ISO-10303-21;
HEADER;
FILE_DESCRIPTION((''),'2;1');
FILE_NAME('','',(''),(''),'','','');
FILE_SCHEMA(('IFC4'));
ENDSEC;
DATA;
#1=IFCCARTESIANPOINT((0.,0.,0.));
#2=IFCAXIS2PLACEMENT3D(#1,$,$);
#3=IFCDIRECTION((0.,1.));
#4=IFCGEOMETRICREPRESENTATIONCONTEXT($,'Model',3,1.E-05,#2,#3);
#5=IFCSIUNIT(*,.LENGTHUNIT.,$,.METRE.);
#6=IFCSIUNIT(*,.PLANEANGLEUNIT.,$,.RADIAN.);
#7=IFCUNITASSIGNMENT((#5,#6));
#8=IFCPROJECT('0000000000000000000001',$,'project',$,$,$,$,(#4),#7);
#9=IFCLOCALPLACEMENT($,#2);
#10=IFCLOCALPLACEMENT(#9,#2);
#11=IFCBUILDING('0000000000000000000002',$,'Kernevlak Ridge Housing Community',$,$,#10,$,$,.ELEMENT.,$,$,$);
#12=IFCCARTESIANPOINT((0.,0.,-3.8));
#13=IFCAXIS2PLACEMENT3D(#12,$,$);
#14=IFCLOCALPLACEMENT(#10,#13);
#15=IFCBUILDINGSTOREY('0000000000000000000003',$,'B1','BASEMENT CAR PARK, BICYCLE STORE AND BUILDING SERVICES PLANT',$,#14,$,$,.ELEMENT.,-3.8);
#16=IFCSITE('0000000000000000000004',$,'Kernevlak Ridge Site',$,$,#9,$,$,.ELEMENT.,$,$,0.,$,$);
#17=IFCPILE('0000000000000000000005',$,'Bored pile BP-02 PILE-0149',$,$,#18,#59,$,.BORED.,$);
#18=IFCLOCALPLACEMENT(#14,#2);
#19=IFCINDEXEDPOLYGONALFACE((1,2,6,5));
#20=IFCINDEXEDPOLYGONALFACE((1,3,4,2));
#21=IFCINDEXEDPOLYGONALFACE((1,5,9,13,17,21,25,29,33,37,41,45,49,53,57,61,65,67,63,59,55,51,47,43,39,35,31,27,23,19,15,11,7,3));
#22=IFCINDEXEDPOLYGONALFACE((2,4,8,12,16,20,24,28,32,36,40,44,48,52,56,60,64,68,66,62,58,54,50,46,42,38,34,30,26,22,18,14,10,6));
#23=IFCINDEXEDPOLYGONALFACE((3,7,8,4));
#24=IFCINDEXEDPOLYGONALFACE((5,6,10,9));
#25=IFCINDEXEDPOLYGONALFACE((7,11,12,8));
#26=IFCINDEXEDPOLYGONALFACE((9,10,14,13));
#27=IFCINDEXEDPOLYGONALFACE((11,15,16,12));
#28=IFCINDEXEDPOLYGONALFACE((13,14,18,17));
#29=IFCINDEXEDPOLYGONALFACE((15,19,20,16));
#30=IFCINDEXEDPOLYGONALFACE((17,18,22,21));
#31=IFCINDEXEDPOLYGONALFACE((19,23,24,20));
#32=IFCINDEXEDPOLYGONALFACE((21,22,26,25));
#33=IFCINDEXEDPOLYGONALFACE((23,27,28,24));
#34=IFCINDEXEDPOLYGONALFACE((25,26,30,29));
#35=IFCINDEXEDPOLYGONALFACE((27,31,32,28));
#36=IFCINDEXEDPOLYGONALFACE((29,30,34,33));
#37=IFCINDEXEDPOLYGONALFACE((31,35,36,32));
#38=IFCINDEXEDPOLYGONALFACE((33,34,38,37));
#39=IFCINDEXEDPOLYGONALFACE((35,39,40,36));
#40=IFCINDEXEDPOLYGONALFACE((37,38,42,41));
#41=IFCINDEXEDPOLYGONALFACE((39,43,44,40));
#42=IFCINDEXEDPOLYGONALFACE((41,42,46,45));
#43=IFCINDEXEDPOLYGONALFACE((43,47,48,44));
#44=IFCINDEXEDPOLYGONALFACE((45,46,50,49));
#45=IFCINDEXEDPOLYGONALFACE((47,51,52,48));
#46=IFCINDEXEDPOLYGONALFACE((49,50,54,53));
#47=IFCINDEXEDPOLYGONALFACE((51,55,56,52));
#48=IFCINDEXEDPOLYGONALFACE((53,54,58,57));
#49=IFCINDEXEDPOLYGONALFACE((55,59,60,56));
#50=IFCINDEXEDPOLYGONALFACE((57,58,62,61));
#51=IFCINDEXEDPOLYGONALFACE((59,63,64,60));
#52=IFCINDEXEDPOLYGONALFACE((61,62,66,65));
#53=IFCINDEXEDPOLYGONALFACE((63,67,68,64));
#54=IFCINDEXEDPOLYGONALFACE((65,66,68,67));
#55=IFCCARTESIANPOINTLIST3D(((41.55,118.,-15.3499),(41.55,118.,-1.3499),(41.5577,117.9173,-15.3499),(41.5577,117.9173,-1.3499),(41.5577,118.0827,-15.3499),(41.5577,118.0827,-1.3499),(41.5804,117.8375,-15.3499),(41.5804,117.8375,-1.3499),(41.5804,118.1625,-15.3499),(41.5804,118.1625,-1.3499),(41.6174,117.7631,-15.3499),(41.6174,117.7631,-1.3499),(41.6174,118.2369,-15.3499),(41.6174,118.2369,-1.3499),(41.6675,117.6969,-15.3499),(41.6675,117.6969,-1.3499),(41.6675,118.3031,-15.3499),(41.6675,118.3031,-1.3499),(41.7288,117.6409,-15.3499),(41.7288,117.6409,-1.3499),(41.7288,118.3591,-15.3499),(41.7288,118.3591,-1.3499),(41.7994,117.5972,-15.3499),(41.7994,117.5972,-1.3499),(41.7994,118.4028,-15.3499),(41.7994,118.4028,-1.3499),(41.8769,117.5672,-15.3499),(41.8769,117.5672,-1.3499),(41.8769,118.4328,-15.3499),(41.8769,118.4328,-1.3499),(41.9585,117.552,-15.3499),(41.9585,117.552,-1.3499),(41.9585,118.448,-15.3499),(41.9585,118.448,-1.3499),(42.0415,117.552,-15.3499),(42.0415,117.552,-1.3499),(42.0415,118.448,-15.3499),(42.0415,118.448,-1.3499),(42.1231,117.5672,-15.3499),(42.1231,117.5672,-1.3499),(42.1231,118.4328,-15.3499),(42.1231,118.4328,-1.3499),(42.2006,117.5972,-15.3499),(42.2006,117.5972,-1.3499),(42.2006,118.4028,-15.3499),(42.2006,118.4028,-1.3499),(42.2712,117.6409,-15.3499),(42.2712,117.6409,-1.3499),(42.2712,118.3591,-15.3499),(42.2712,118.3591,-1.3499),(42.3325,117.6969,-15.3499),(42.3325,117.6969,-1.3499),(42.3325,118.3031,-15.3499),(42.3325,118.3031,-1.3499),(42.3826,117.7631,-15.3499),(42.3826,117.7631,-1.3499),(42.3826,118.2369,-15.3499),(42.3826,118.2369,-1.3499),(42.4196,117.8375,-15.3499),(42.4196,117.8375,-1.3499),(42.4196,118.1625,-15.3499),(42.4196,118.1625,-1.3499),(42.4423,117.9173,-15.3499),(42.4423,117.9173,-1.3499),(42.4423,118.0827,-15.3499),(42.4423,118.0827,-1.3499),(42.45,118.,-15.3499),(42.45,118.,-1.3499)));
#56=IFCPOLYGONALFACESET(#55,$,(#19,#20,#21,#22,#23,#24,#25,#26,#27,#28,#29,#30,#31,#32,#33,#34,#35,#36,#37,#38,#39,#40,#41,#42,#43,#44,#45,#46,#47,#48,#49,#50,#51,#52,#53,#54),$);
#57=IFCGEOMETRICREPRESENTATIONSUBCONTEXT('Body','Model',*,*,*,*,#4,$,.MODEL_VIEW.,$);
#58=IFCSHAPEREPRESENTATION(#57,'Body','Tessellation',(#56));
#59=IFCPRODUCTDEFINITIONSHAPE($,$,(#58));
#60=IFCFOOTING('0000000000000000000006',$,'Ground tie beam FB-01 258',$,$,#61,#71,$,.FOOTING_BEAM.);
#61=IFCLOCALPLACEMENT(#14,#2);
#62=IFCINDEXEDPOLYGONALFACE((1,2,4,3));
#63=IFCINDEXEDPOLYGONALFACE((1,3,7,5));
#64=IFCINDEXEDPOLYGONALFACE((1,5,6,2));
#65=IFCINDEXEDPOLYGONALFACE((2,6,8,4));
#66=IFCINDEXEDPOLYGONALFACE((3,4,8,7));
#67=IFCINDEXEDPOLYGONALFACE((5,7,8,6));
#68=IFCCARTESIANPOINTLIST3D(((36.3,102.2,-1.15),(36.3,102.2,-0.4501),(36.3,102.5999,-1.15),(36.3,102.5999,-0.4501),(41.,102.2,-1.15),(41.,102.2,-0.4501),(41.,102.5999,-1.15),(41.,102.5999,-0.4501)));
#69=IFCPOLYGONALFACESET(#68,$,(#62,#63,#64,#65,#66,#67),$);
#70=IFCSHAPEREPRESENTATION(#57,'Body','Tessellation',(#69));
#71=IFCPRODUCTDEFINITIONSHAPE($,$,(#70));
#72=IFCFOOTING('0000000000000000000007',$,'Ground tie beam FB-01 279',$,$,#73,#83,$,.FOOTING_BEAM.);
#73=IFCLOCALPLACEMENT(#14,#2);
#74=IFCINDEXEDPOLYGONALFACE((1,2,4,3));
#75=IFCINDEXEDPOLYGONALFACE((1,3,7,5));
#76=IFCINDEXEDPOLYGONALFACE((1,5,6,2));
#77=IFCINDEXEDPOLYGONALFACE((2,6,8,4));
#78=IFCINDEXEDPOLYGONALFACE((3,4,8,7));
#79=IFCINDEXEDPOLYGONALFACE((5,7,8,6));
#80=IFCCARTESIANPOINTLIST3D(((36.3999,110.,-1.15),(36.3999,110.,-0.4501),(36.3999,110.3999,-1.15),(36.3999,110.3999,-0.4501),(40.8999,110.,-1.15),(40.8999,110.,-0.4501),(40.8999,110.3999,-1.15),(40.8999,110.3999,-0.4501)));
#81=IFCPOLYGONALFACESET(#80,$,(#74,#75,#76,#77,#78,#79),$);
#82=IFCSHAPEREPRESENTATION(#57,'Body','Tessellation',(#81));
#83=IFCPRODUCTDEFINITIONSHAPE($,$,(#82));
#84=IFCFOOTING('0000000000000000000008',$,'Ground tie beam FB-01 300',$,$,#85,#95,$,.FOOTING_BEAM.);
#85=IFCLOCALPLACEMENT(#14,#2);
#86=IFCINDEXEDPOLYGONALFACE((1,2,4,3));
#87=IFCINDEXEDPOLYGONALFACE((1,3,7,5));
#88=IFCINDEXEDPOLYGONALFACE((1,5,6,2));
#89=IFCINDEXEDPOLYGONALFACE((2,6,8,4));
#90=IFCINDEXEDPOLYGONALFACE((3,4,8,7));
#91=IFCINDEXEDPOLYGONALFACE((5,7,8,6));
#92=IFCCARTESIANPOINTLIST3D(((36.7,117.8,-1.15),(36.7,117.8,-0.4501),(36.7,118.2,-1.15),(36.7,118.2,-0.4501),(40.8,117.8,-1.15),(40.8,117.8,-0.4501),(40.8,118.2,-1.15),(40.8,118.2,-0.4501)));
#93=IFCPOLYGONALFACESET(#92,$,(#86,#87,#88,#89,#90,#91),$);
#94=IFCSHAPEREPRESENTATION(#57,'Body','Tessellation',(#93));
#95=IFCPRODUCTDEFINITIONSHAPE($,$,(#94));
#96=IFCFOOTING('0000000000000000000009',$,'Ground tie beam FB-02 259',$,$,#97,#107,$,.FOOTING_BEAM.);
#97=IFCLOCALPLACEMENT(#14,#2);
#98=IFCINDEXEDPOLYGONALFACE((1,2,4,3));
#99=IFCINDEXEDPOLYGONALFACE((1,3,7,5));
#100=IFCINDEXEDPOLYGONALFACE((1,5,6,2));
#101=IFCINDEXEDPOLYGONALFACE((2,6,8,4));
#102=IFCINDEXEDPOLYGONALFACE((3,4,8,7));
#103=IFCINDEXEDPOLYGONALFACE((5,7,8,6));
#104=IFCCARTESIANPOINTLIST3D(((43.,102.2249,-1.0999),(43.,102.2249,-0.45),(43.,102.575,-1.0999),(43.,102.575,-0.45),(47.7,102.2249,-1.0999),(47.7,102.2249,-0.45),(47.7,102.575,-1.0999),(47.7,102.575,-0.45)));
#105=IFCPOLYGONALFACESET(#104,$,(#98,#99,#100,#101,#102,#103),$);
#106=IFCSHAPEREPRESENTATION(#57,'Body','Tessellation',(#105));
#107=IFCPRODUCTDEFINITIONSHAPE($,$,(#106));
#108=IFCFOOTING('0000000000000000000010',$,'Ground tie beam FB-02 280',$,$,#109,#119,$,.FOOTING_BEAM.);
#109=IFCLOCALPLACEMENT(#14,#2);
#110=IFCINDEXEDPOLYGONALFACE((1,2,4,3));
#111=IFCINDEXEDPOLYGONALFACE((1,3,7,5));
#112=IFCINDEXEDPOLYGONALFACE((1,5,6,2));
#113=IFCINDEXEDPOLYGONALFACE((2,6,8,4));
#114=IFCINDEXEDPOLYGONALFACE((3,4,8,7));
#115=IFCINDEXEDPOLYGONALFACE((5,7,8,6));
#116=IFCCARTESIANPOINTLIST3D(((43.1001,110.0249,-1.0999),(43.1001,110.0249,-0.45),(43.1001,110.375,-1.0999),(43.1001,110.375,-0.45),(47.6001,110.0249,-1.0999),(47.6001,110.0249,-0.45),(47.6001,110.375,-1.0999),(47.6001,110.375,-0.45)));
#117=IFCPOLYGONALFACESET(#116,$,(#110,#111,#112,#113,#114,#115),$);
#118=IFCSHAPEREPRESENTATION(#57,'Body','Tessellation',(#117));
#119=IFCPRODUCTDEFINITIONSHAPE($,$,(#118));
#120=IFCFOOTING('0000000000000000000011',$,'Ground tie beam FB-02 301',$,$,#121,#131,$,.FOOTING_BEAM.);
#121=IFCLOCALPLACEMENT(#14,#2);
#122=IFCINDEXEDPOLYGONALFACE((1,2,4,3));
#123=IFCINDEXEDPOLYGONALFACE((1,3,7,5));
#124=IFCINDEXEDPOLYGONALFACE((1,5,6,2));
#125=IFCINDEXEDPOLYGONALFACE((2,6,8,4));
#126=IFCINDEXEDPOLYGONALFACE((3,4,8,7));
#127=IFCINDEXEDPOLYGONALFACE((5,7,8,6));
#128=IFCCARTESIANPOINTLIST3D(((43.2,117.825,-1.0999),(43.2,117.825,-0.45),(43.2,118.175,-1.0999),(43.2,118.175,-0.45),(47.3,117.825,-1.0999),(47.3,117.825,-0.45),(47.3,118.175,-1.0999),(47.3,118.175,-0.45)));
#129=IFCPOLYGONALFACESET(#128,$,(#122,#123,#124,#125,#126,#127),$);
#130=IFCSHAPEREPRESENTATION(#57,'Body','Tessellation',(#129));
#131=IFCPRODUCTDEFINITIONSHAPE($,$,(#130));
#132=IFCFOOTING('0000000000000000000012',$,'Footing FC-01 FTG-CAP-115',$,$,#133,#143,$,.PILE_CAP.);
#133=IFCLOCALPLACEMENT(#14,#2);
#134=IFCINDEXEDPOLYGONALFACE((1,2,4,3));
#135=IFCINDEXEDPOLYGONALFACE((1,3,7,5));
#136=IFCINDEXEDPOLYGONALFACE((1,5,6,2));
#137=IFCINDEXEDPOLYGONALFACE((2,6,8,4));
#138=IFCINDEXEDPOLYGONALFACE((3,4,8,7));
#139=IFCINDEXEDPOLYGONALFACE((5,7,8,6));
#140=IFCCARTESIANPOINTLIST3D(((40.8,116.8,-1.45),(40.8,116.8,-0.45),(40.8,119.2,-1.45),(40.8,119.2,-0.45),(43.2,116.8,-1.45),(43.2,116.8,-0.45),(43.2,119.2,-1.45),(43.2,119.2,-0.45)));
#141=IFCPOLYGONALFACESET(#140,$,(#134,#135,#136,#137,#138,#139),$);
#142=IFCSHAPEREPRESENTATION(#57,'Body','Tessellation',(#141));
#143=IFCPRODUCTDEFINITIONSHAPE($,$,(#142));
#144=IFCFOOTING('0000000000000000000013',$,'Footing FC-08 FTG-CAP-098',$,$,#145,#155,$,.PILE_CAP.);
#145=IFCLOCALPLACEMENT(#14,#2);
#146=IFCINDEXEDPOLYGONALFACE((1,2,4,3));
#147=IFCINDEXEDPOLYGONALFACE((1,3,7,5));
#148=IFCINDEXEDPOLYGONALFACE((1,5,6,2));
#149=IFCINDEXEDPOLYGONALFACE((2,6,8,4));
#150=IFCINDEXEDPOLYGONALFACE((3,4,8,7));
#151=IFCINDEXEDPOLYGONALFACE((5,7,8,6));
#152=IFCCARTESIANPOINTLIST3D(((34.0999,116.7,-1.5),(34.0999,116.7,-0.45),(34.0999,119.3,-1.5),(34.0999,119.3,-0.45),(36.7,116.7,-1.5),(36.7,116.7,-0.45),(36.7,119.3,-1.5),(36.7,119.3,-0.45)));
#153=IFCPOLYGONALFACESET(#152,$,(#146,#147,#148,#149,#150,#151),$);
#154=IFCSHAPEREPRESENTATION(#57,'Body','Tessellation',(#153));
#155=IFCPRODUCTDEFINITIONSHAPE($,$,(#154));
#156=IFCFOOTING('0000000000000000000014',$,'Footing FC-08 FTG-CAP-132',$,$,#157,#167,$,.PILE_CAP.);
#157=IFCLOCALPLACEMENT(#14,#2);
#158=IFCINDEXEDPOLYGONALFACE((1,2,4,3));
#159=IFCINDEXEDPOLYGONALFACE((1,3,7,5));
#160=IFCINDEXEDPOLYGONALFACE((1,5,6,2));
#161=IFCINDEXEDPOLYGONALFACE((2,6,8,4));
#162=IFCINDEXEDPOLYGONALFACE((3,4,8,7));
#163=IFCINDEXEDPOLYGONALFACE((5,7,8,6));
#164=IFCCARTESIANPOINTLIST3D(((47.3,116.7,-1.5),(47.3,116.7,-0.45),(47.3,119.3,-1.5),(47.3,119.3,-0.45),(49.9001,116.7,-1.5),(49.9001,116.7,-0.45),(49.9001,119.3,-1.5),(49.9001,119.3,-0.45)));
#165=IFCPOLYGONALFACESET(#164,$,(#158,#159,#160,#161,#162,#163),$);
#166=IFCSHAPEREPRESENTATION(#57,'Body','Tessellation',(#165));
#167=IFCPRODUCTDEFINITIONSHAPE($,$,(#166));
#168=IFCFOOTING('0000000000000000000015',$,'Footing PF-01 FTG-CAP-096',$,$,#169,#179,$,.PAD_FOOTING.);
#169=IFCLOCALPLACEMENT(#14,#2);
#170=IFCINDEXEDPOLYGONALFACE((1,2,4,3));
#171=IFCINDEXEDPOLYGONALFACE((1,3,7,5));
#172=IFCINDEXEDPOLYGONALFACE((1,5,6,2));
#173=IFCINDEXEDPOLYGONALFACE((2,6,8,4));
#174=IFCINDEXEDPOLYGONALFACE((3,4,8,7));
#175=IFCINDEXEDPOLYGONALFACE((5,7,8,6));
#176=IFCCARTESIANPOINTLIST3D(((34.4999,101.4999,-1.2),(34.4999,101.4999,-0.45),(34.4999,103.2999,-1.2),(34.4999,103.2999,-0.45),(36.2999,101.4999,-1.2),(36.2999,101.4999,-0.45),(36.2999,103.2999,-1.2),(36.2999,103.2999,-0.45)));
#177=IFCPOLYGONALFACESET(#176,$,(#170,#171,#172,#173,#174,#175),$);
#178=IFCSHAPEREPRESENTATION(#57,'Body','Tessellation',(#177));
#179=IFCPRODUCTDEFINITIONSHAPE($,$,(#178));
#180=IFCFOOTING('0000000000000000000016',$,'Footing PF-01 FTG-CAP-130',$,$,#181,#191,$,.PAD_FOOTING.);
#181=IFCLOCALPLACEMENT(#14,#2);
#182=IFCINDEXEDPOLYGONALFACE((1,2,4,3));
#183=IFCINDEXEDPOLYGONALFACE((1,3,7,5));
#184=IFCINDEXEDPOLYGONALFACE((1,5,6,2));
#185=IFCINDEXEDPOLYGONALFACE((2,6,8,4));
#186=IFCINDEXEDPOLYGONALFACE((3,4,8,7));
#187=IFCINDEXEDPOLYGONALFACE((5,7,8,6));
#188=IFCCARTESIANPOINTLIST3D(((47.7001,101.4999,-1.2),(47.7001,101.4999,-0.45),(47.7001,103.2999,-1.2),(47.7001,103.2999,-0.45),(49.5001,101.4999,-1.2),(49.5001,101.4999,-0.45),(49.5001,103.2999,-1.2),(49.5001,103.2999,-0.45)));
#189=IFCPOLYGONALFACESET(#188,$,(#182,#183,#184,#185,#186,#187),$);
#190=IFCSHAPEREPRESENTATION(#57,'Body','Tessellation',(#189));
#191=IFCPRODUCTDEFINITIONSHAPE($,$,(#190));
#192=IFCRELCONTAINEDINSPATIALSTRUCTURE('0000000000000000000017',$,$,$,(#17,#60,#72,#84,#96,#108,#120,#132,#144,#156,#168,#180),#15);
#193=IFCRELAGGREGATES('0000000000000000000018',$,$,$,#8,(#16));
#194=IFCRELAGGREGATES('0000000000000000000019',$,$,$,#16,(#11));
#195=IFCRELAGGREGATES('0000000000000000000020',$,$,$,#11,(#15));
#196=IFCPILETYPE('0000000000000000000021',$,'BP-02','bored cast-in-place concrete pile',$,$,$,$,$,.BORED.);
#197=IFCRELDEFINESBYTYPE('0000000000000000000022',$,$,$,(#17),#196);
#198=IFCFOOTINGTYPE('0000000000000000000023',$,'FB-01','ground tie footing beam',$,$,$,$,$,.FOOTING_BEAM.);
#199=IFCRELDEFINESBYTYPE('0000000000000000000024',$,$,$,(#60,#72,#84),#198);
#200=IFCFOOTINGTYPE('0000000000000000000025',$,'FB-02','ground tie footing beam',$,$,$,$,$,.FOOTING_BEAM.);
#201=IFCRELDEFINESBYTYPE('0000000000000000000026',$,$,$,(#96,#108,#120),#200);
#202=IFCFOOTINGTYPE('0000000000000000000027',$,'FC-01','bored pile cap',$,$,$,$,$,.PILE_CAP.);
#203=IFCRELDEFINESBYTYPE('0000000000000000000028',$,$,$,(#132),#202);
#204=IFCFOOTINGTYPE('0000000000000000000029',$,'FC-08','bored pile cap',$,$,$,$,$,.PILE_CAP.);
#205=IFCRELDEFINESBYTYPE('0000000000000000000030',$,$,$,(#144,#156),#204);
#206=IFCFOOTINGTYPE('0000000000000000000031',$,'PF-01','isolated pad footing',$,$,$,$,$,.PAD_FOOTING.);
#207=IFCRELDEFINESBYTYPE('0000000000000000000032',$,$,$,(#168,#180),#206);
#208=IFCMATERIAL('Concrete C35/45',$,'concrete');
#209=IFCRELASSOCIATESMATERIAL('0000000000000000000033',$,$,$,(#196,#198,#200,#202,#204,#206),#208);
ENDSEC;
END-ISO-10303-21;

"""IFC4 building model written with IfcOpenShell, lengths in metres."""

from ifc_helpers import new_model, si_unit, direction, frame, origin, origin_2d, place, context, subcontext, project, spatial, rectangle, circle, extrude, material, material_profile, profile_set, type_object, element, save


model = new_model("IFC4")

# Units and contexts
model_context = context("Model", 3, precision=1e-05, world=origin(), true_north=direction((0.0, 1.0)))
body_context = subcontext(model_context, "Body", "Model", "MODEL_VIEW")
ifc_project = project(units=[si_unit("LENGTHUNIT", "METRE"), si_unit("PLANEANGLEUNIT", "RADIAN")], contexts=[model_context])

# Site, building, storey
site_placement = place(None, origin())
site = spatial("IfcSite", under=ifc_project, at=site_placement, Name="Kernevlak Ridge Site", CompositionType="ELEMENT", RefElevation=0.0)
building_placement = place(site_placement, origin())
building = spatial("IfcBuilding", under=site, at=building_placement, Name="Kernevlak Ridge Housing Community", CompositionType="ELEMENT")
storey_placement = place(building_placement, frame((0.0, 0.0, -3.8)))
storey = spatial("IfcBuildingStorey", under=building, at=storey_placement, Name="B1", Description="BASEMENT CAR PARK, BICYCLE STORE AND BUILDING SERVICES PLANT", CompositionType="ELEMENT", Elevation=-3.8)

# Pile
ifc_material_1 = material(Name="Concrete C35/45", Category="concrete")
ifc_material_profile_1 = material_profile(ifc_material_1, circle(Radius=0.45, at=origin_2d()), Name="BORED PILE 900")
ifc_profile_set_1 = profile_set([ifc_material_profile_1], Name="Concrete C35/45")
pile_type_1 = type_object("IfcPileType", Name="BP-02", Description="bored cast-in-place concrete pile", PredefinedType="BORED", material=ifc_profile_set_1)
for number, where, z_axis, x_axis, name in (
    (1, (42.0, 118.0, -1.3499), (0.0, 0.0, -1.0), (1.0, 0.0, 0.0), "Bored pile BP-02 PILE-0149"),
):
    element("IfcPile", number, at=place(storey_placement, frame(where, z_axis=z_axis, x_axis=x_axis)), inside=storey, type_object=pile_type_1, Name=name, PredefinedType="BORED", context=body_context, shape_type="SweptSolid", body=[
        extrude(circle(Radius=0.45, at=origin_2d()), origin(), (0.0, 0.0, 1.0), 14.0),
    ])

# Footings
ifc_material_profile_2 = material_profile(ifc_material_1, rectangle(XDim=0.3999, YDim=0.7, at=origin_2d()), Name="RC 400x700")
ifc_profile_set_2 = profile_set([ifc_material_profile_2], Name="Concrete C35/45")
footing_type_1 = type_object("IfcFootingType", Name="FB-01", Description="ground tie footing beam", PredefinedType="FOOTING_BEAM", material=ifc_profile_set_2)
footing_1_placement = place(storey_placement, frame((36.3, 102.3999, -0.8), z_axis=(1.0, 0.0, 0.0), x_axis=(0.0, 1.0, 0.0)))
element("IfcFooting", 2, at=footing_1_placement, inside=storey, type_object=footing_type_1, Name="Ground tie beam FB-01 258", PredefinedType="FOOTING_BEAM", context=body_context, shape_type="SweptSolid", body=[
    extrude(rectangle(XDim=0.3999, YDim=0.7, at=origin_2d()), origin(), (0.0, 0.0, 1.0), 4.7),
])
footing_2_placement = place(storey_placement, frame((36.3999, 110.2, -0.8), z_axis=(1.0, 0.0, 0.0), x_axis=(0.0, 1.0, 0.0)))
element("IfcFooting", 3, at=footing_2_placement, inside=storey, type_object=footing_type_1, Name="Ground tie beam FB-01 279", PredefinedType="FOOTING_BEAM", context=body_context, shape_type="SweptSolid", body=[
    extrude(rectangle(XDim=0.3999, YDim=0.7, at=origin_2d()), origin(), (0.0, 0.0, 1.0), 4.5),
])
footing_3_placement = place(storey_placement, frame((36.7, 118.0, -0.8), z_axis=(1.0, 0.0, 0.0), x_axis=(0.0, 1.0, 0.0)))
element("IfcFooting", 4, at=footing_3_placement, inside=storey, type_object=footing_type_1, Name="Ground tie beam FB-01 300", PredefinedType="FOOTING_BEAM", context=body_context, shape_type="SweptSolid", body=[
    extrude(rectangle(XDim=0.3999, YDim=0.7, at=origin_2d()), origin(), (0.0, 0.0, 1.0), 4.1001),
])
ifc_material_profile_3 = material_profile(ifc_material_1, rectangle(XDim=0.3501, YDim=0.6499, at=origin_2d()), Name="RC 350x650")
ifc_profile_set_3 = profile_set([ifc_material_profile_3], Name="Concrete C35/45")
footing_type_2 = type_object("IfcFootingType", Name="FB-02", Description="ground tie footing beam", PredefinedType="FOOTING_BEAM", material=ifc_profile_set_3)
footing_4_placement = place(storey_placement, frame((43.0, 102.3999, -0.7749), z_axis=(1.0, 0.0, 0.0), x_axis=(0.0, 1.0, 0.0)))
element("IfcFooting", 5, at=footing_4_placement, inside=storey, type_object=footing_type_2, Name="Ground tie beam FB-02 259", PredefinedType="FOOTING_BEAM", context=body_context, shape_type="SweptSolid", body=[
    extrude(rectangle(XDim=0.3501, YDim=0.6499, at=origin_2d()), origin(), (0.0, 0.0, 1.0), 4.7),
])
footing_5_placement = place(storey_placement, frame((43.1001, 110.2, -0.7749), z_axis=(1.0, 0.0, 0.0), x_axis=(0.0, 1.0, 0.0)))
element("IfcFooting", 6, at=footing_5_placement, inside=storey, type_object=footing_type_2, Name="Ground tie beam FB-02 280", PredefinedType="FOOTING_BEAM", context=body_context, shape_type="SweptSolid", body=[
    extrude(rectangle(XDim=0.3501, YDim=0.6499, at=origin_2d()), origin(), (0.0, 0.0, 1.0), 4.5),
])
footing_6_placement = place(storey_placement, frame((43.2, 118.0, -0.7749), z_axis=(1.0, 0.0, 0.0), x_axis=(0.0, 1.0, 0.0)))
element("IfcFooting", 7, at=footing_6_placement, inside=storey, type_object=footing_type_2, Name="Ground tie beam FB-02 301", PredefinedType="FOOTING_BEAM", context=body_context, shape_type="SweptSolid", body=[
    extrude(rectangle(XDim=0.3501, YDim=0.6499, at=origin_2d()), origin(), (0.0, 0.0, 1.0), 4.1001),
])
footing_type_3 = type_object("IfcFootingType", Name="FC-01", Description="bored pile cap", PredefinedType="PILE_CAP", material=ifc_material_1)
footing_7_placement = place(storey_placement, frame((42.0, 118.0, -1.45), z_axis=(0.0, 0.0, 1.0), x_axis=(1.0, 0.0, 0.0)))
element("IfcFooting", 8, at=footing_7_placement, inside=storey, type_object=footing_type_3, Name="Footing FC-01 FTG-CAP-115", PredefinedType="PILE_CAP", context=body_context, shape_type="SweptSolid", body=[
    extrude(rectangle(XDim=2.3999, YDim=2.3999, at=origin_2d()), origin(), (0.0, 0.0, 1.0), 1.0),
])
footing_type_4 = type_object("IfcFootingType", Name="FC-08", Description="bored pile cap", PredefinedType="PILE_CAP", material=ifc_material_1)
for number, where, z_axis, x_axis, name in (
    (9, (35.3999, 118.0, -1.5), (0.0, 0.0, 1.0), (1.0, 0.0, 0.0), "Footing FC-08 FTG-CAP-098"),
    (10, (48.6001, 118.0, -1.5), (0.0, 0.0, 1.0), (1.0, 0.0, 0.0), "Footing FC-08 FTG-CAP-132"),
):
    element("IfcFooting", number, at=place(storey_placement, frame(where, z_axis=z_axis, x_axis=x_axis)), inside=storey, type_object=footing_type_4, Name=name, PredefinedType="PILE_CAP", context=body_context, shape_type="SweptSolid", body=[
        extrude(rectangle(XDim=2.6001, YDim=2.6001, at=origin_2d()), origin(), (0.0, 0.0, 1.0), 1.05),
    ])
footing_type_5 = type_object("IfcFootingType", Name="PF-01", Description="isolated pad footing", PredefinedType="PAD_FOOTING", material=ifc_material_1)
for number, where, z_axis, x_axis, name in (
    (11, (35.3999, 102.3999, -1.2), (0.0, 0.0, 1.0), (1.0, 0.0, 0.0), "Footing PF-01 FTG-CAP-096"),
    (12, (48.6001, 102.3999, -1.2), (0.0, 0.0, 1.0), (1.0, 0.0, 0.0), "Footing PF-01 FTG-CAP-130"),
):
    element("IfcFooting", number, at=place(storey_placement, frame(where, z_axis=z_axis, x_axis=x_axis)), inside=storey, type_object=footing_type_5, Name=name, PredefinedType="PAD_FOOTING", context=body_context, shape_type="SweptSolid", body=[
        extrude(rectangle(XDim=1.8, YDim=1.8, at=origin_2d()), origin(), (0.0, 0.0, 1.0), 0.75),
    ])

save(model, "model.ifc")
